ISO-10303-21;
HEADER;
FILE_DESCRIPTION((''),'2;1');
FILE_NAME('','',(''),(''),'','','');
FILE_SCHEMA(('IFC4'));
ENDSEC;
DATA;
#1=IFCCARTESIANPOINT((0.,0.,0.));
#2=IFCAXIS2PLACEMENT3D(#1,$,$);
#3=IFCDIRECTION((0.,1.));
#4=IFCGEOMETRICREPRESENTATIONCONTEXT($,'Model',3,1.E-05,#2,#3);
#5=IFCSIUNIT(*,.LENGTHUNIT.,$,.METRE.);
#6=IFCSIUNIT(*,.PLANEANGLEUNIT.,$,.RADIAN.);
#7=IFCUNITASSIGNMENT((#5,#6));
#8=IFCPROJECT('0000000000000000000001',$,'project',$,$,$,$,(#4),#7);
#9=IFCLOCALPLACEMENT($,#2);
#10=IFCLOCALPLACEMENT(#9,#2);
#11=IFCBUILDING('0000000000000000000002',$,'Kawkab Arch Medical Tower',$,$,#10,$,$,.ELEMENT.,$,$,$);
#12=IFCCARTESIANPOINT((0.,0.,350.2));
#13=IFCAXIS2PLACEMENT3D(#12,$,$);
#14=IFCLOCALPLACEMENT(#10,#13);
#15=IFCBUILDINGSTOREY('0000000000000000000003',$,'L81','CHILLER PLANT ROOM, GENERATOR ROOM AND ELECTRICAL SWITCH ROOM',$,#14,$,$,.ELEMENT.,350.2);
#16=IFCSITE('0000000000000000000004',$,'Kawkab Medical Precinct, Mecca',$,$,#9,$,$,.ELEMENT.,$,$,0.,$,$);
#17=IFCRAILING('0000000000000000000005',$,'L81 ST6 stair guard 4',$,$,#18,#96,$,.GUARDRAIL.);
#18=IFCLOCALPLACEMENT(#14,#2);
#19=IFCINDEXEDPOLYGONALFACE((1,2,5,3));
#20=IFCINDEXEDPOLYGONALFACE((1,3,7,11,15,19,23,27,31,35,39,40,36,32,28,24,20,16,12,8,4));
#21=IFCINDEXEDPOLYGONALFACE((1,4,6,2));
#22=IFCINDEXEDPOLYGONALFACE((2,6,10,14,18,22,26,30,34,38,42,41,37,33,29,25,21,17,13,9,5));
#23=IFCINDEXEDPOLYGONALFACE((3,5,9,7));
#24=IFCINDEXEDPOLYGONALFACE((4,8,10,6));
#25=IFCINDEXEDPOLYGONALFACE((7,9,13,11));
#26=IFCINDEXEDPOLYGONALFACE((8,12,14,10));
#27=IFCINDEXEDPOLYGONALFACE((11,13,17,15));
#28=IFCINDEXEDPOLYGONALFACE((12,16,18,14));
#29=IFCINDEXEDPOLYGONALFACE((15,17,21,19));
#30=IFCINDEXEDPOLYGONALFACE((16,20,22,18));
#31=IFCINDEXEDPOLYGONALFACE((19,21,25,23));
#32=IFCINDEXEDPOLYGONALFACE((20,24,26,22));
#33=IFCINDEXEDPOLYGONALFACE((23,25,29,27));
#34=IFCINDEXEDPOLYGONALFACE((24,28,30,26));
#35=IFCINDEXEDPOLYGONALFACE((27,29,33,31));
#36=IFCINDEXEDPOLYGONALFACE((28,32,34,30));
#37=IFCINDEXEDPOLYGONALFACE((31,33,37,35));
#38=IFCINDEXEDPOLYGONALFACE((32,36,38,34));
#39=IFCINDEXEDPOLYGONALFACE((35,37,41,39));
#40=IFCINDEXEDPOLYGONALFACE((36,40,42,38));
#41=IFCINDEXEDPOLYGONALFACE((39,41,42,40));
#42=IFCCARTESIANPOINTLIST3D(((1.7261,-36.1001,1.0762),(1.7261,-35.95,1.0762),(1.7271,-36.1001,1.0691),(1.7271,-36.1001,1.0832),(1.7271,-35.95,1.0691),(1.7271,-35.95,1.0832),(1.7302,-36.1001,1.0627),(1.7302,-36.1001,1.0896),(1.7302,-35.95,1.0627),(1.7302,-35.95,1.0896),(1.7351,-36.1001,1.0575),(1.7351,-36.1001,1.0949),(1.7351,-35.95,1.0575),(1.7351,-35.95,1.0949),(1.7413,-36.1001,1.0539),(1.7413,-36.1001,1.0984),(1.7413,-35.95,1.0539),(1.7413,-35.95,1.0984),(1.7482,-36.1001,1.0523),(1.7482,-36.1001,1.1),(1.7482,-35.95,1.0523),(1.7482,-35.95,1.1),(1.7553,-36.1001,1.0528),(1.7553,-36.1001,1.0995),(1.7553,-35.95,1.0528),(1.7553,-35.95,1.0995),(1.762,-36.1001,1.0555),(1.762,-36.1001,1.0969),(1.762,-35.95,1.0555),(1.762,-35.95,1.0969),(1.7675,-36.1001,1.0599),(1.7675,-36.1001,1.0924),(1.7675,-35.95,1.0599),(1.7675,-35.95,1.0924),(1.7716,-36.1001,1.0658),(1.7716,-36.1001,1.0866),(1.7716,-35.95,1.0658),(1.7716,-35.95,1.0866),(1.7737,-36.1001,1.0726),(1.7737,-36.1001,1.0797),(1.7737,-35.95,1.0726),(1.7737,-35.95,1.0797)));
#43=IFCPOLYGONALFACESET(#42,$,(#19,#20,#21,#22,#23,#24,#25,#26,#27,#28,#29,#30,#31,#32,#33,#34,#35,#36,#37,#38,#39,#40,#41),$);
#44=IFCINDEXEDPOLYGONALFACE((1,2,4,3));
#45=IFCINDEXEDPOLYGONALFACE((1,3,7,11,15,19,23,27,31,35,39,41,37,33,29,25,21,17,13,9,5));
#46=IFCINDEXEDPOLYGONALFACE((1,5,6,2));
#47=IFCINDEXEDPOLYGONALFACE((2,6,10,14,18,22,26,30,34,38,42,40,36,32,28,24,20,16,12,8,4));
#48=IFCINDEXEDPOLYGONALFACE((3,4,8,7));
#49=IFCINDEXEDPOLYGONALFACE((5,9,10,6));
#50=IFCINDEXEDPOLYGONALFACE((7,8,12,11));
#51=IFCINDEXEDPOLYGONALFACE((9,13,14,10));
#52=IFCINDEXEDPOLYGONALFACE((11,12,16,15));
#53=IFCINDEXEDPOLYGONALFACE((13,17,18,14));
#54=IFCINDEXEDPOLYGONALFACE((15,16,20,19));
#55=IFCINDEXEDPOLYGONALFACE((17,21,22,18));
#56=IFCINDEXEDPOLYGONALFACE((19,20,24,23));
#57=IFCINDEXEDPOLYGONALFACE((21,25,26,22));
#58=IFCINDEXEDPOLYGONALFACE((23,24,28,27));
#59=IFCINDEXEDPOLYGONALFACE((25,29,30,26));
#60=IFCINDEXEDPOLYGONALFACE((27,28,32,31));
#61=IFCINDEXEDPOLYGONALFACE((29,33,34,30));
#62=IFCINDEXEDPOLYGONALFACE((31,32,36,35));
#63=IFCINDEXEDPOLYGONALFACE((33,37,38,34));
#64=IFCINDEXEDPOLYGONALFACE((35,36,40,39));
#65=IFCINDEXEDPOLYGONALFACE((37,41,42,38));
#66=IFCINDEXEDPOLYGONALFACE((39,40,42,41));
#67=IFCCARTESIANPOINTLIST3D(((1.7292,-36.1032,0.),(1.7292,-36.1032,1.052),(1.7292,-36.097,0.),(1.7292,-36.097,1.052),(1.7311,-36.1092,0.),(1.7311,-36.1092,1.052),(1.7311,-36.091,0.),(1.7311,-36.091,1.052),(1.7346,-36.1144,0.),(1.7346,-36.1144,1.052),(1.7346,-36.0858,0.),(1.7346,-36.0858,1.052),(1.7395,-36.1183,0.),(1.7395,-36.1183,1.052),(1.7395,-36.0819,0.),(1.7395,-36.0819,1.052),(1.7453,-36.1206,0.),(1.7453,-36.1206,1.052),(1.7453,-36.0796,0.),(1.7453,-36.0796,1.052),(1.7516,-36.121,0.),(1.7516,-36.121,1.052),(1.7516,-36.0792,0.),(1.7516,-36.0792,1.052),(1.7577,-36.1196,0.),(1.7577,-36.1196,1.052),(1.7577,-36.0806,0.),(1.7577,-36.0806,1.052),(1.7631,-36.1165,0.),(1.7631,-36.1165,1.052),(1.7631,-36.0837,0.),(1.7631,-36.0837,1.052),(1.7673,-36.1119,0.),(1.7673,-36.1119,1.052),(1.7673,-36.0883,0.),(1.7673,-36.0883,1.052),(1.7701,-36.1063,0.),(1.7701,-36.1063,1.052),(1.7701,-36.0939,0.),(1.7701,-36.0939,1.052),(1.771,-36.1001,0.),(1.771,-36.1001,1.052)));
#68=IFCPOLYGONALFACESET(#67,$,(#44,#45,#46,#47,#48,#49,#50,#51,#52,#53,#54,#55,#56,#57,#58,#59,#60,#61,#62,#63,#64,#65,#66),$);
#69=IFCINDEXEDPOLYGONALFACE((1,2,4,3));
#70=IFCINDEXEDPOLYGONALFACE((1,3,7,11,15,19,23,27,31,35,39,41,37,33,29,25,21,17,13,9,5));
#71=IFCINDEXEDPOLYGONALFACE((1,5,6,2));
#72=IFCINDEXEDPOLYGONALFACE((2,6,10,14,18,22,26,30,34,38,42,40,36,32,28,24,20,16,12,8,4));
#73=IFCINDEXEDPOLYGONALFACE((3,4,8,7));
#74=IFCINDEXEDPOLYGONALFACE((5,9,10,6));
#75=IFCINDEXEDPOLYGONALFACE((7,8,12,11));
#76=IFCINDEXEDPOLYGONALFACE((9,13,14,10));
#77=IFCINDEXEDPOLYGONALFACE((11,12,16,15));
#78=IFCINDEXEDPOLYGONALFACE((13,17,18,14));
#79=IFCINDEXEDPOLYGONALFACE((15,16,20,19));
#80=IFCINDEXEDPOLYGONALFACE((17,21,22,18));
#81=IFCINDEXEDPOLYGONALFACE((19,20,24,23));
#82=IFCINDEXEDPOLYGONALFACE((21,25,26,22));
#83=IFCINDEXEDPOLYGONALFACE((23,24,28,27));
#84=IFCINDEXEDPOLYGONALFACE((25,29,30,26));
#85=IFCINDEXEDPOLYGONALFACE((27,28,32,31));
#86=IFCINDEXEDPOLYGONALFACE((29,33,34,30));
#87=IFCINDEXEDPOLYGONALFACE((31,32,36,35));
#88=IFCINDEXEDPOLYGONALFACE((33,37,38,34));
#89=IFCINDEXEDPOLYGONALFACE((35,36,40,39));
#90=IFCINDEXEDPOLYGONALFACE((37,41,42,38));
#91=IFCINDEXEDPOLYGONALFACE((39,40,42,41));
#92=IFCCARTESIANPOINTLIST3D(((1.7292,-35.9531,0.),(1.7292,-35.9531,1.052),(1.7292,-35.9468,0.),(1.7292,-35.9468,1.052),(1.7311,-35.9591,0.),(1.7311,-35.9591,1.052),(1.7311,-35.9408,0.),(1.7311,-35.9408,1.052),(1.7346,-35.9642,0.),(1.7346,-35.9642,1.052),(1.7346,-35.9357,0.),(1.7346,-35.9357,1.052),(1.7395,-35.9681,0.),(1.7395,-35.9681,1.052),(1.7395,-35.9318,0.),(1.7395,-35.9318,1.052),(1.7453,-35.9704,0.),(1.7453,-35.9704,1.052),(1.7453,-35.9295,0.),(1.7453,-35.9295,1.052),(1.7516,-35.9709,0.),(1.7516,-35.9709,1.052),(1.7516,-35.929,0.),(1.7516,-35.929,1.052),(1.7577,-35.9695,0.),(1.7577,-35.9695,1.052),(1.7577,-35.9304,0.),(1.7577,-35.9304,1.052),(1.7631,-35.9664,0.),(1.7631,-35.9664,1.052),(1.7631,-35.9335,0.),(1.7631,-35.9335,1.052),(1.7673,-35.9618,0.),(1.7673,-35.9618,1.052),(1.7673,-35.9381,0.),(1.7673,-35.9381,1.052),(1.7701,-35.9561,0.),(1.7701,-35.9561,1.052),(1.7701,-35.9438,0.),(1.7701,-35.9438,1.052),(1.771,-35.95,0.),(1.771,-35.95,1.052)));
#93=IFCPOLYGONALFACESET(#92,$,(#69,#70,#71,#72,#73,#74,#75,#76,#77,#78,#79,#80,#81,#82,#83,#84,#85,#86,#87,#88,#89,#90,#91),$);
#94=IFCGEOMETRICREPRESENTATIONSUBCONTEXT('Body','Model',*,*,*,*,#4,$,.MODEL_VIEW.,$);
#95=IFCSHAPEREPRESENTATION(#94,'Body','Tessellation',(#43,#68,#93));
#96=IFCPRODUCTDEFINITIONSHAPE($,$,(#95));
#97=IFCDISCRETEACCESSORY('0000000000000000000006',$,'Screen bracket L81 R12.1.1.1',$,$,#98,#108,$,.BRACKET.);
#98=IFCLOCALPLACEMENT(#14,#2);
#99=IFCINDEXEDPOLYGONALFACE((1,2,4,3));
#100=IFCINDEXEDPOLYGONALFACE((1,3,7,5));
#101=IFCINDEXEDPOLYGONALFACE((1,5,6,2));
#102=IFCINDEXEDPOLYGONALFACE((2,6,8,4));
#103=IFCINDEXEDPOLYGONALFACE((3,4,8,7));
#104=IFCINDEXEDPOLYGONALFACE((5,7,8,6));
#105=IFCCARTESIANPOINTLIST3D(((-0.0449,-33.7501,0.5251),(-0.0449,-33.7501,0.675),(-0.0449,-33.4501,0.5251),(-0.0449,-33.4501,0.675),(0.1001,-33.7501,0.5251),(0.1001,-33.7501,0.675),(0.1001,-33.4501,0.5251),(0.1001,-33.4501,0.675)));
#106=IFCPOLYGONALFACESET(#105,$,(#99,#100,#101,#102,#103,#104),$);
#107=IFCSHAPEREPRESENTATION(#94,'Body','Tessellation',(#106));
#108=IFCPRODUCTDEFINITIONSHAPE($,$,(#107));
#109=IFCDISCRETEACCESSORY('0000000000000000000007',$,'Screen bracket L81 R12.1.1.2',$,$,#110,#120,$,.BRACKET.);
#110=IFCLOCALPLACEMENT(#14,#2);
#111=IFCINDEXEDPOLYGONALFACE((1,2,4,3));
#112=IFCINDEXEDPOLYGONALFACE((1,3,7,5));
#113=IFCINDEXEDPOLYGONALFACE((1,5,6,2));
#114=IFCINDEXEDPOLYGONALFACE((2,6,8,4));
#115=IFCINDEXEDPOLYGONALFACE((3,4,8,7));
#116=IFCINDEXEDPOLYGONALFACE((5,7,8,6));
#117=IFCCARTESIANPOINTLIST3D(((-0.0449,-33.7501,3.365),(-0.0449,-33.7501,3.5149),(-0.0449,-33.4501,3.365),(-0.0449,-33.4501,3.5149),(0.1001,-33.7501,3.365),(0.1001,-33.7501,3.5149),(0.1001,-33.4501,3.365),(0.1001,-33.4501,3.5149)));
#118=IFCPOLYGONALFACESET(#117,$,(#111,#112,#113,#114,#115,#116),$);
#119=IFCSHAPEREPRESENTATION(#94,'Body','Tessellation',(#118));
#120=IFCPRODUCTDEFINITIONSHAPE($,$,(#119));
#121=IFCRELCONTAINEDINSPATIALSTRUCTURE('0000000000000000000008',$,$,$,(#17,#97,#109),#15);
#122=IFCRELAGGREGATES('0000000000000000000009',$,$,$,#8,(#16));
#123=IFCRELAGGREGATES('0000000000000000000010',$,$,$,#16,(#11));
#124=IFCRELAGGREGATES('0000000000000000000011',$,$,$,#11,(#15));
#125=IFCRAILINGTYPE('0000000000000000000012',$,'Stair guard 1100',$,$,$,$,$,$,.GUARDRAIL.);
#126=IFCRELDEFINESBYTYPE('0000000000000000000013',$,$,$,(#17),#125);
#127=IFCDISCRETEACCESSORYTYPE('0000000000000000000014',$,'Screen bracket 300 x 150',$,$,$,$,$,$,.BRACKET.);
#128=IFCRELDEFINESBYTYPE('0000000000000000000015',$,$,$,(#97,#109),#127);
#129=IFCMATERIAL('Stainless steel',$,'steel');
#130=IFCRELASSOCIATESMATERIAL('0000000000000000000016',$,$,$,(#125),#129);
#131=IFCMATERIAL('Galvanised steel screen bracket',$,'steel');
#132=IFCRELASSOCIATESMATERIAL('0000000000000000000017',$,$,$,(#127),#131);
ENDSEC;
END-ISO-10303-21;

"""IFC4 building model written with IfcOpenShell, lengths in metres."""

from ifc_helpers import new_model, si_unit, direction, frame, origin, origin_2d, place, context, subcontext, project, spatial, rectangle, circle, extrude, material, type_object, element, save


model = new_model("IFC4")

# Units and contexts
model_context = context("Model", 3, precision=1e-05, world=origin(), true_north=direction((0.0, 1.0)))
body_context = subcontext(model_context, "Body", "Model", "MODEL_VIEW")
ifc_project = project(units=[si_unit("LENGTHUNIT", "METRE"), si_unit("PLANEANGLEUNIT", "RADIAN")], contexts=[model_context])

# Site, building, storey
site_placement = place(None, origin())
site = spatial("IfcSite", under=ifc_project, at=site_placement, Name="Kawkab Medical Precinct, Mecca", CompositionType="ELEMENT", RefElevation=0.0)
building_placement = place(site_placement, origin())
building = spatial("IfcBuilding", under=site, at=building_placement, Name="Kawkab Arch Medical Tower", CompositionType="ELEMENT")
storey_placement = place(building_placement, frame((0.0, 0.0, 350.2)))
storey = spatial("IfcBuildingStorey", under=building, at=storey_placement, Name="L81", Description="CHILLER PLANT ROOM, GENERATOR ROOM AND ELECTRICAL SWITCH ROOM", CompositionType="ELEMENT", Elevation=350.2)

# Railing
ifc_material_1 = material(Name="Stainless steel", Category="steel")
railing_type = type_object("IfcRailingType", Name="Stair guard 1100", PredefinedType="GUARDRAIL", material=ifc_material_1)
railing_1_placement = place(storey_placement, frame((1.75, -36.1001, 0.0)))
element("IfcRailing", 1, at=railing_1_placement, inside=storey, type_object=railing_type, Name="L81 ST6 stair guard 4", PredefinedType="GUARDRAIL", context=body_context, shape_type="SweptSolid", body=[
    extrude(circle(Radius=0.0239, at=origin_2d()), frame((0.0, 0.0, 1.0762), z_axis=(0.0, 1.0, 0.0), x_axis=(-1.0, 0.0, 0.0)), (0.0, 0.0, 1.0), 0.1501),
    extrude(circle(Radius=0.021, at=origin_2d()), origin(), (0.0, 0.0, 1.0), 1.052),
    extrude(circle(Radius=0.021, at=origin_2d()), frame((0.0, 0.1501, 0.0)), (0.0, 0.0, 1.0), 1.052),
])

# Discrete accessories
ifc_material_2 = material(Name="Galvanised steel screen bracket", Category="steel")
discrete_accessory_type = type_object("IfcDiscreteAccessoryType", Name="Screen bracket 300 x 150", PredefinedType="BRACKET", material=ifc_material_2)
for number, where, z_axis, x_axis, name in (
    (2, (0.0276, -33.6001, 0.5251), (0.0, 0.0, 1.0), (0.0, -1.0, 0.0), "Screen bracket L81 R12.1.1.1"),
    (3, (0.0276, -33.6001, 3.365), (0.0, 0.0, 1.0), (0.0, -1.0, 0.0), "Screen bracket L81 R12.1.1.2"),
):
    element("IfcDiscreteAccessory", number, at=place(storey_placement, frame(where, z_axis=z_axis, x_axis=x_axis)), inside=storey, type_object=discrete_accessory_type, Name=name, PredefinedType="BRACKET", context=body_context, shape_type="SweptSolid", body=[
        extrude(rectangle(XDim=0.3, YDim=0.145, at=origin_2d()), origin(), (0.0, 0.0, 1.0), 0.1499),
    ])

save(model, "model.ifc")
